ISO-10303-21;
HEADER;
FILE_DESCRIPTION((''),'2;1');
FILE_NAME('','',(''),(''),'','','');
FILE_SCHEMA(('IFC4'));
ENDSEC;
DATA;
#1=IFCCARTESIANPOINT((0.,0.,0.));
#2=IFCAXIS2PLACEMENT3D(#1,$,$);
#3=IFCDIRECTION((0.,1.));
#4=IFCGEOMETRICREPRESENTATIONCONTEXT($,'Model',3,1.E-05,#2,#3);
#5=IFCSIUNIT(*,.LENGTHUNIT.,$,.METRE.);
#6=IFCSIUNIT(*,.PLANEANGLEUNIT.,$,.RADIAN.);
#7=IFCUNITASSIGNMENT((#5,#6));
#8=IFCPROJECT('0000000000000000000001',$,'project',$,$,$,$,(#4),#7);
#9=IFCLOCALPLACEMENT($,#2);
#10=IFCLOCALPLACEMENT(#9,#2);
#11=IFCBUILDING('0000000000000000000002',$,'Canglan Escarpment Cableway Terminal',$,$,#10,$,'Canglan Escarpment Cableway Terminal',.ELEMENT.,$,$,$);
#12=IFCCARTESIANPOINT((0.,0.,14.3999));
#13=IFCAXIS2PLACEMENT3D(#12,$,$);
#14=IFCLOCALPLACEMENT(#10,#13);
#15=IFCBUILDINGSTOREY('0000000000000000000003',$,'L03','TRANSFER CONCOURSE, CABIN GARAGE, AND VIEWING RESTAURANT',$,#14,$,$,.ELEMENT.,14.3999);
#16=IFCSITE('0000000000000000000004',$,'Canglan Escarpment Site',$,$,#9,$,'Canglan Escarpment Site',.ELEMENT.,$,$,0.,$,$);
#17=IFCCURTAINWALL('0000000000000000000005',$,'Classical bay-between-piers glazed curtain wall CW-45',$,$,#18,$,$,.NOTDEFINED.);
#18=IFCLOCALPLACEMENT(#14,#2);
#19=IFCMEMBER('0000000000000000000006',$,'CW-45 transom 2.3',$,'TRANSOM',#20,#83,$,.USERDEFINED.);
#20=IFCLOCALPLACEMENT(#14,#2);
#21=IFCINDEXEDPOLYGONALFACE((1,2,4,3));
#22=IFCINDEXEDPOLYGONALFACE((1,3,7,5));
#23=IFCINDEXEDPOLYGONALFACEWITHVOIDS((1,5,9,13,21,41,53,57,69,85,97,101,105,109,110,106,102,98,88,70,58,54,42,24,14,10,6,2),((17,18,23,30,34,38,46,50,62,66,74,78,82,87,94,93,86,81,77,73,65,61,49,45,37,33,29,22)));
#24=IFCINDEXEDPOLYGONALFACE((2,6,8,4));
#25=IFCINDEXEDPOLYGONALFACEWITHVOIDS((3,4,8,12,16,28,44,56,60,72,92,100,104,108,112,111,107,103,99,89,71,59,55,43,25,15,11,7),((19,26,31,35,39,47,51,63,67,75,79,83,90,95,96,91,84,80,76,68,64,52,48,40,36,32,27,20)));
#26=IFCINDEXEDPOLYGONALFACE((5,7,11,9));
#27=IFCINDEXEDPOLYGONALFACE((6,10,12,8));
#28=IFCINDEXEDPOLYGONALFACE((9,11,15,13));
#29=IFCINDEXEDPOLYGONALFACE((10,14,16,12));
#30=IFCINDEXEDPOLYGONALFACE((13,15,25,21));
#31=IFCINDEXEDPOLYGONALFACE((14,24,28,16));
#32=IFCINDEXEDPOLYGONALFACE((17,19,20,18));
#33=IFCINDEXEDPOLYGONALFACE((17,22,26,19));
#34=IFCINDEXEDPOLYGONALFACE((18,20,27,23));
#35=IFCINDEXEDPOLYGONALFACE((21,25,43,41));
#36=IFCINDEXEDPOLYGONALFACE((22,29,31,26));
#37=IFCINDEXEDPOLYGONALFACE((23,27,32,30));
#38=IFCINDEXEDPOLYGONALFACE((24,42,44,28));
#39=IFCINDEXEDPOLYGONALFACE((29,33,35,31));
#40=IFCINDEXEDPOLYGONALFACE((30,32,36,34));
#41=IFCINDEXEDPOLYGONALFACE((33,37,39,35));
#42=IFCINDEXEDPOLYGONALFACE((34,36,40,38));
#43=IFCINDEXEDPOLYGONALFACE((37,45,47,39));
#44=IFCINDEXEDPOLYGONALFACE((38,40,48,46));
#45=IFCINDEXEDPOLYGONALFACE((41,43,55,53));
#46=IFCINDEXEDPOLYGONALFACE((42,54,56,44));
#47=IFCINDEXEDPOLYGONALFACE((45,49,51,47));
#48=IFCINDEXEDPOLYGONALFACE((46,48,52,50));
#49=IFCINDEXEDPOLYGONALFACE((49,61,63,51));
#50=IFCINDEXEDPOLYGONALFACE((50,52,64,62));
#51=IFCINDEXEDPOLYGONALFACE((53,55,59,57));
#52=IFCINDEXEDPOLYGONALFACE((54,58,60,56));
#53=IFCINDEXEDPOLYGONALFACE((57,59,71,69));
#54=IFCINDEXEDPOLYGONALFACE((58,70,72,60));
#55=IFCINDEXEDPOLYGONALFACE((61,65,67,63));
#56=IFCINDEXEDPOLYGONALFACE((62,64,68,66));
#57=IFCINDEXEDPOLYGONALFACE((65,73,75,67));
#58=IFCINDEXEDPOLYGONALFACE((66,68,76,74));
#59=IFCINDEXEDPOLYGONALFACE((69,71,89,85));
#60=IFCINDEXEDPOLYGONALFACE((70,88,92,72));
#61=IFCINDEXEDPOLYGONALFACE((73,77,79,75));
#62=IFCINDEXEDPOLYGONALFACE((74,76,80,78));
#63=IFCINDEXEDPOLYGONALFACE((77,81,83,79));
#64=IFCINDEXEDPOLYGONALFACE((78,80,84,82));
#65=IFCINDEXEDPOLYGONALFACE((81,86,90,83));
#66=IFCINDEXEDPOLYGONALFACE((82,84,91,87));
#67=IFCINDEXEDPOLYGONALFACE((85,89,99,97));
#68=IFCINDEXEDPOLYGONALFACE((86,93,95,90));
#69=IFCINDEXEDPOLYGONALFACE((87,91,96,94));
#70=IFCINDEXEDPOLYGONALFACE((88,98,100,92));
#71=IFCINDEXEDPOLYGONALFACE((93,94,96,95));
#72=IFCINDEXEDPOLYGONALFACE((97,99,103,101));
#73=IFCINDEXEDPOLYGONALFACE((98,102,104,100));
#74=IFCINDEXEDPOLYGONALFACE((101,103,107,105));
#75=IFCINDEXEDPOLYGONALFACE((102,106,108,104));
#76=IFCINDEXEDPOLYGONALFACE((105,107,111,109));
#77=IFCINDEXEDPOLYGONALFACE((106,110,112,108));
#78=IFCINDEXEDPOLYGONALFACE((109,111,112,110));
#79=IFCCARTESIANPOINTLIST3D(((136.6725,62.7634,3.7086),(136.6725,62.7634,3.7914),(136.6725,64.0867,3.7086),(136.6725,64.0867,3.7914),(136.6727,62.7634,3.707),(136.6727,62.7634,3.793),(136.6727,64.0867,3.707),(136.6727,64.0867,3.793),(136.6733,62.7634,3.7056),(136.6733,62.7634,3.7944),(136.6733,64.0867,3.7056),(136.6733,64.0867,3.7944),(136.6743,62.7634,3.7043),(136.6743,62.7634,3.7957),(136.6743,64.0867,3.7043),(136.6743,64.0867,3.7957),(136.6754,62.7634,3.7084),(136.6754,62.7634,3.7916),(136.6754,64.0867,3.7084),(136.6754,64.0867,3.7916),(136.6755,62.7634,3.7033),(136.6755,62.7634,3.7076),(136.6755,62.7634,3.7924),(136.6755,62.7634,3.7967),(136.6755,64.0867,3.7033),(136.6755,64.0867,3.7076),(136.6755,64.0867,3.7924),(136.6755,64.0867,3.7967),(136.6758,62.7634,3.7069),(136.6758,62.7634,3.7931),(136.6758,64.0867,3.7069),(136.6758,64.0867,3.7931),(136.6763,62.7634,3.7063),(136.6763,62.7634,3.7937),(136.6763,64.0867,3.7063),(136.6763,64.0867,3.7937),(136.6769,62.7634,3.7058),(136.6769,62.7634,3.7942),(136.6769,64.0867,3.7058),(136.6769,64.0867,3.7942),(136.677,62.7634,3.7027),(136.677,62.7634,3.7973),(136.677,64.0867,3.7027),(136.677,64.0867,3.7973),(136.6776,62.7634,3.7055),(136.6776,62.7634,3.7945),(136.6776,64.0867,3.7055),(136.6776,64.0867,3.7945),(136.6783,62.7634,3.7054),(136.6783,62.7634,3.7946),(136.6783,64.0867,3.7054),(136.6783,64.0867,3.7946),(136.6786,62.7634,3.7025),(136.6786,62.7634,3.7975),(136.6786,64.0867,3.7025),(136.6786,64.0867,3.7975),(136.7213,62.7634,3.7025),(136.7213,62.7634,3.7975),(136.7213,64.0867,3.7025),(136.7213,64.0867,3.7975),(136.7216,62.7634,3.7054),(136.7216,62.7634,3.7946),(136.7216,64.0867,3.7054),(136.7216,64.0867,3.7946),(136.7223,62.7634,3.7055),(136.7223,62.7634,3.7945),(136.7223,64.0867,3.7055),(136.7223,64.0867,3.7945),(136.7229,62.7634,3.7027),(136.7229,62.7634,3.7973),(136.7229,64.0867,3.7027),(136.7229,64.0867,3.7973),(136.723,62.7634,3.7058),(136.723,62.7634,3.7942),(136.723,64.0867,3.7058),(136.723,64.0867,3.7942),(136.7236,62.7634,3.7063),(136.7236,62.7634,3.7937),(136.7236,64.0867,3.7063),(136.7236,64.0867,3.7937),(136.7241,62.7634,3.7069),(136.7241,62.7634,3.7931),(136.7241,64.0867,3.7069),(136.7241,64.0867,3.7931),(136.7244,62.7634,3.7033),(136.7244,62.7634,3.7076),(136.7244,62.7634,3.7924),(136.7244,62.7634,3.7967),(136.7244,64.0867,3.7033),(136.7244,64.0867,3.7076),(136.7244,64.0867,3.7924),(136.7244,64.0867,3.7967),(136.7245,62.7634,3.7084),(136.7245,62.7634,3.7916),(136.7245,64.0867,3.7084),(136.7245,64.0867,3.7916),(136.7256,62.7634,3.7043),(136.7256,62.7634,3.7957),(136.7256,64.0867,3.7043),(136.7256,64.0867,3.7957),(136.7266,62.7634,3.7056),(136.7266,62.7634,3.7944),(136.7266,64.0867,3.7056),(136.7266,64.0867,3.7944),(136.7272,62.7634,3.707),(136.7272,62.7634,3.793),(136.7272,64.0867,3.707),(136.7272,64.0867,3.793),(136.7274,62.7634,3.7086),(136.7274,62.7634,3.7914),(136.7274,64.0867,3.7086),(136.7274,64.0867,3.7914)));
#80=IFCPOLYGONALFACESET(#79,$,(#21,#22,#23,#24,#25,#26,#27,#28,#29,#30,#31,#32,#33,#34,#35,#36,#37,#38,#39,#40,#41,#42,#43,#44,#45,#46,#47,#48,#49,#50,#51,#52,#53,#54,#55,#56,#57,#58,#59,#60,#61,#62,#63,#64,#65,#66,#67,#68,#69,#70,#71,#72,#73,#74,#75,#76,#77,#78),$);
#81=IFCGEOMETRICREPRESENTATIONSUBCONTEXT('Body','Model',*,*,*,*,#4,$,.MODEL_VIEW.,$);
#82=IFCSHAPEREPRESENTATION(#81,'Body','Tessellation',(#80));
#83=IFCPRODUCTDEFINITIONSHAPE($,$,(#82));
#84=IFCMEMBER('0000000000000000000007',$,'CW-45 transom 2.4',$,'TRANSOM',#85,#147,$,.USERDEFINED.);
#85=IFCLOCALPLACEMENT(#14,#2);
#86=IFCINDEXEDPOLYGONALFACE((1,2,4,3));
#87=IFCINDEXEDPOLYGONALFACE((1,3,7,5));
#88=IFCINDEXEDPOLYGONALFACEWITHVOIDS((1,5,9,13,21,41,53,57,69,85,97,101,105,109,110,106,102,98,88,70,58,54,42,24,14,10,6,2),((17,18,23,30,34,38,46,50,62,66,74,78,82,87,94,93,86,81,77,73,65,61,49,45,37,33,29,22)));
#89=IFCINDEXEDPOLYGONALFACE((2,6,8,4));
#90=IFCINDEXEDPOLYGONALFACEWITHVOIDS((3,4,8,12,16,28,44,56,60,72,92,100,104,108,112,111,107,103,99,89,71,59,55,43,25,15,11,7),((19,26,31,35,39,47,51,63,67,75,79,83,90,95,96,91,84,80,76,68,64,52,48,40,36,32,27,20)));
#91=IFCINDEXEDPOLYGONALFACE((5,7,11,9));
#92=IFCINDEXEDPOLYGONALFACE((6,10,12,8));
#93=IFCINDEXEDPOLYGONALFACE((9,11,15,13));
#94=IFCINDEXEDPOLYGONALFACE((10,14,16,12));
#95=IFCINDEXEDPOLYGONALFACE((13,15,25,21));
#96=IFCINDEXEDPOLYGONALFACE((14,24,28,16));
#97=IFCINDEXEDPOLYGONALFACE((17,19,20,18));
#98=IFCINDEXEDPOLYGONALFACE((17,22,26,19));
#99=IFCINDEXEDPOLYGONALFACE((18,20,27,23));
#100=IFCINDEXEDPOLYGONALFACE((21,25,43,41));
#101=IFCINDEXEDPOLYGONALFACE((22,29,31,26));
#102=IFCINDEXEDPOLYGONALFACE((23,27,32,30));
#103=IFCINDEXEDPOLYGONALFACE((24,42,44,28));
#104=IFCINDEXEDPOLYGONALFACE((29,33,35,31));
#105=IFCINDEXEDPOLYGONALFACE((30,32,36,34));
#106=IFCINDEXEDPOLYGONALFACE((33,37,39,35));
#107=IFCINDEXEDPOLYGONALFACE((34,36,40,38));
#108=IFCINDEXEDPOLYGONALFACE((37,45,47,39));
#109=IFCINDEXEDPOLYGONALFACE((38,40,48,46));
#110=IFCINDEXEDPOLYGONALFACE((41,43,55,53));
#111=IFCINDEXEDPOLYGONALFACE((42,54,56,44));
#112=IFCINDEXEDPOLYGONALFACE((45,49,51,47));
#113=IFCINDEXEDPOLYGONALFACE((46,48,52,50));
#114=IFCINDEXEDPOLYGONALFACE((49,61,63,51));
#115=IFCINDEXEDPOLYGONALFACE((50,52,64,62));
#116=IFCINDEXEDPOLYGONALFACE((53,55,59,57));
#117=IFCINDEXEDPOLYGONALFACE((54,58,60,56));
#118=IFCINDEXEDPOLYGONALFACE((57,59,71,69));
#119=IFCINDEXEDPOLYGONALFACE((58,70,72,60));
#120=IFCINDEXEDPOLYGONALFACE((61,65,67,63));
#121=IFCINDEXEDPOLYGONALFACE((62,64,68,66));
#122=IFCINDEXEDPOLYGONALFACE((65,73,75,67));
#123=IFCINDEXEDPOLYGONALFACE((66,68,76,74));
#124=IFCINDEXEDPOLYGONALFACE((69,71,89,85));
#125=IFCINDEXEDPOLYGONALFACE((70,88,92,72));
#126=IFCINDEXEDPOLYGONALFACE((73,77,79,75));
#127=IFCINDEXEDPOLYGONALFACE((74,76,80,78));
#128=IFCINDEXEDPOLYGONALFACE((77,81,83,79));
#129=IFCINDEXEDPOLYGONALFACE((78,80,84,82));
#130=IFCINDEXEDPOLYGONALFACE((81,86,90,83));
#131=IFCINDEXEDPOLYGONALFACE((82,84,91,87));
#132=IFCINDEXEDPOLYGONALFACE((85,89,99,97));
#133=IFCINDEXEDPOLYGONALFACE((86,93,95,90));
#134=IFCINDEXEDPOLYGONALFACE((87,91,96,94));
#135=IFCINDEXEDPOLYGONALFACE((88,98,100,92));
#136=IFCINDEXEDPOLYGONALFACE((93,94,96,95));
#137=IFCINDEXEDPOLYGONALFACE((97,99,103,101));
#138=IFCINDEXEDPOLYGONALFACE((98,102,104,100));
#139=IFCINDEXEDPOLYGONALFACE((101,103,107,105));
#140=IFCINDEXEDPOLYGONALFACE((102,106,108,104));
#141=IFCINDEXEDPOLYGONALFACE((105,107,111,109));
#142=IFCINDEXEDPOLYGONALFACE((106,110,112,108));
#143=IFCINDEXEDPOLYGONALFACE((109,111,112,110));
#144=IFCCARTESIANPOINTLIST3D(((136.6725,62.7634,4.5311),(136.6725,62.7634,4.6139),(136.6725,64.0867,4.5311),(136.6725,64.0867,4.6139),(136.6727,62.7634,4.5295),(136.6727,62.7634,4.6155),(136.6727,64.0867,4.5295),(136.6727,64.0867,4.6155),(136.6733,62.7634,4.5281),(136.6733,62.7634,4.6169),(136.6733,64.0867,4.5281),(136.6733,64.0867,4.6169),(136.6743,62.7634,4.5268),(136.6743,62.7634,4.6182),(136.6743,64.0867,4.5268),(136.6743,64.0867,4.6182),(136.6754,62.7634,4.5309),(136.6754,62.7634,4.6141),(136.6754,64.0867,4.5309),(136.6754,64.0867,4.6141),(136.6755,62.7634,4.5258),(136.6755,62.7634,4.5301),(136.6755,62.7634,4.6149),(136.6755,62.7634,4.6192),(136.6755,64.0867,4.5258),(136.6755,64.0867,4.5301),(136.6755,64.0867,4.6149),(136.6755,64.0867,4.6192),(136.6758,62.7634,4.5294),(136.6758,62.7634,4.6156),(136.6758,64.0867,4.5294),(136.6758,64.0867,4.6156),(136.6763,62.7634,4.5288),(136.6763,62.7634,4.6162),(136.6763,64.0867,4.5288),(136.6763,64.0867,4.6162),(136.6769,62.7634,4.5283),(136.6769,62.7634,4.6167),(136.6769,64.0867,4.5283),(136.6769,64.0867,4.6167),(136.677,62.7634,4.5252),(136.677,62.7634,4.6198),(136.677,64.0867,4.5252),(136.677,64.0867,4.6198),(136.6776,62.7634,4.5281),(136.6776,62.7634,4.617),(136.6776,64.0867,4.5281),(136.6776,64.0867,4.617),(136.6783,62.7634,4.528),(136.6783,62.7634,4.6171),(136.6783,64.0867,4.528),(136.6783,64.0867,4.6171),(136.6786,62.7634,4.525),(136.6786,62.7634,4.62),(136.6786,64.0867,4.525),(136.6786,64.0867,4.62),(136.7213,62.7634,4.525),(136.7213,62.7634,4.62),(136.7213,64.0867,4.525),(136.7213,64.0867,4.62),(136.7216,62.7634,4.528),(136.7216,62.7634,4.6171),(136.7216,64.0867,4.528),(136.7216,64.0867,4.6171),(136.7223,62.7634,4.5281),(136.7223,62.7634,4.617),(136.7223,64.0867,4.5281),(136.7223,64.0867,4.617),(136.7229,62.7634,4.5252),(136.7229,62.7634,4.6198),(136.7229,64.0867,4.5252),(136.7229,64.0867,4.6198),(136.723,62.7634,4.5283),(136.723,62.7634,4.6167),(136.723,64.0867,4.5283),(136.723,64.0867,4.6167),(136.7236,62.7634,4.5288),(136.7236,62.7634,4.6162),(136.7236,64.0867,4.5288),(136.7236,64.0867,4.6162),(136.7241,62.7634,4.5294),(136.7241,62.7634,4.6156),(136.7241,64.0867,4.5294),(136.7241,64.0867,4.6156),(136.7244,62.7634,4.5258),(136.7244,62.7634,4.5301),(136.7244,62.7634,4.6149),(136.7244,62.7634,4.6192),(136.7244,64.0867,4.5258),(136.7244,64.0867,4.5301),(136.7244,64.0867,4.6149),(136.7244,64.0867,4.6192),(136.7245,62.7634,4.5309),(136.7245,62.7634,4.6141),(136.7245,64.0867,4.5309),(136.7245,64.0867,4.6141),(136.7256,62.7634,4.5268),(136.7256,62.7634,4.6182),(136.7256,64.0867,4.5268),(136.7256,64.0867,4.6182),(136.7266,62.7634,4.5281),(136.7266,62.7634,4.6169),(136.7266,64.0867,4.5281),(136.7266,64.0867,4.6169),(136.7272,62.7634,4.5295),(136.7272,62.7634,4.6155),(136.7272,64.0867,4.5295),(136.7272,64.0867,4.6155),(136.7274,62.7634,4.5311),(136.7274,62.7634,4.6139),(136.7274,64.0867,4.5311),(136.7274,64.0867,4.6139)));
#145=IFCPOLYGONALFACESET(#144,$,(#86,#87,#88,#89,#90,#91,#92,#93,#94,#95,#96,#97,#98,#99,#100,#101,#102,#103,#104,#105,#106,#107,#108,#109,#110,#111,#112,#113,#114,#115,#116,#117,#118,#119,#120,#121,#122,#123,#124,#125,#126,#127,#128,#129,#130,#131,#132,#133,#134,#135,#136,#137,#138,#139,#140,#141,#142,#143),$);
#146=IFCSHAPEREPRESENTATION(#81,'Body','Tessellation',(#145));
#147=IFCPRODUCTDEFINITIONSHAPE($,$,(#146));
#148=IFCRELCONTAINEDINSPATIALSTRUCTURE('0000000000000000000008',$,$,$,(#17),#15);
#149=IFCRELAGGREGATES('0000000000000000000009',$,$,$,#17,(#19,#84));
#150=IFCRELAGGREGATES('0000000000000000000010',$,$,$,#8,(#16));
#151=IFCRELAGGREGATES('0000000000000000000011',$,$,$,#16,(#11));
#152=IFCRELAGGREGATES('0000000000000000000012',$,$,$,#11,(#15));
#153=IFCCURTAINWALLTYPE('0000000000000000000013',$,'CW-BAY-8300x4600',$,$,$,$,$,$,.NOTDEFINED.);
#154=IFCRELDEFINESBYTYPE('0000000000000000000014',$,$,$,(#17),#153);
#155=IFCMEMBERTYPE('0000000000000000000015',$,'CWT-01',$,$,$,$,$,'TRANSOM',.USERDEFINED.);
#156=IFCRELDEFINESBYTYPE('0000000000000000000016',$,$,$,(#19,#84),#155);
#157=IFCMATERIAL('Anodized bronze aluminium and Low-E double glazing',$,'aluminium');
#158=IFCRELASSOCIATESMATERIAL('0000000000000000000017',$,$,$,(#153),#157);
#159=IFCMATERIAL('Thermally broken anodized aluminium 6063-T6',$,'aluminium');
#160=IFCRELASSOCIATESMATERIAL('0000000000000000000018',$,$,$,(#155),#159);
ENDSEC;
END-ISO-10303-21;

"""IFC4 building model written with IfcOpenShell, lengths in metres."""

from ifc_helpers import new_model, si_unit, direction, frame, origin, origin_2d, place, context, subcontext, project, spatial, hollow_rectangle, extrude, material, material_profile, profile_set, type_object, element, aggregate, save


model = new_model("IFC4")

# Units and contexts
model_context = context("Model", 3, precision=1e-05, world=origin(), true_north=direction((0.0, 1.0)))
body_context = subcontext(model_context, "Body", "Model", "MODEL_VIEW")
ifc_project = project(units=[si_unit("LENGTHUNIT", "METRE"), si_unit("PLANEANGLEUNIT", "RADIAN")], contexts=[model_context])

# Site, building, storey
site_placement = place(None, origin())
site = spatial("IfcSite", under=ifc_project, at=site_placement, Name="Canglan Escarpment Site", LongName="Canglan Escarpment Site", CompositionType="ELEMENT", RefElevation=0.0)
building_placement = place(site_placement, origin())
building = spatial("IfcBuilding", under=site, at=building_placement, Name="Canglan Escarpment Cableway Terminal", LongName="Canglan Escarpment Cableway Terminal", CompositionType="ELEMENT")
storey_placement = place(building_placement, frame((0.0, 0.0, 14.3999)))
storey = spatial("IfcBuildingStorey", under=building, at=storey_placement, Name="L03", Description="TRANSFER CONCOURSE, CABIN GARAGE, AND VIEWING RESTAURANT", CompositionType="ELEMENT", Elevation=14.3999)

# Curtain wall, members
ifc_material_1 = material(Name="Anodized bronze aluminium and Low-E double glazing", Category="aluminium")
curtain_wall_type = type_object("IfcCurtainWallType", Name="CW-BAY-8300x4600", PredefinedType="NOTDEFINED", material=ifc_material_1)
curtain_wall_placement = place(storey_placement, origin())
curtain_wall = element("IfcCurtainWall", 1, at=curtain_wall_placement, inside=storey, type_object=curtain_wall_type, Name="Classical bay-between-piers glazed curtain wall CW-45", PredefinedType="NOTDEFINED")
ifc_material_2 = material(Name="Thermally broken anodized aluminium 6063-T6", Category="aluminium")
ifc_material_profile_1 = material_profile(ifc_material_2, hollow_rectangle(XDim=0.0549, YDim=0.095, WallThickness=0.0029, InnerFilletRadius=0.0029, OuterFilletRadius=0.0061, at=origin_2d()), Name="ALU-TRAN 55x95x3")
ifc_profile_set_1 = profile_set([ifc_material_profile_1], Name="Thermally broken anodized aluminium 6063-T6")
member_type_1 = type_object("IfcMemberType", Name="CWT-01", ElementType="TRANSOM", PredefinedType="USERDEFINED", material=ifc_profile_set_1)
member_1_placement = place(storey_placement, frame((136.7, 62.7634, 3.75), z_axis=(0.0, 1.0, 0.0), x_axis=(-1.0, 0.0, 0.0)))
member_1 = element("IfcMember", 2, at=member_1_placement, type_object=member_type_1, Name="CW-45 transom 2.3", ObjectType="TRANSOM", PredefinedType="USERDEFINED", context=body_context, shape_type="SweptSolid", body=[
    extrude(hollow_rectangle(XDim=0.0549, YDim=0.095, WallThickness=0.0029, InnerFilletRadius=0.0029, OuterFilletRadius=0.0061, at=origin_2d()), origin(), (0.0, 0.0, 1.0), 1.3232),
])
member_2_placement = place(storey_placement, frame((136.7, 62.7634, 4.5725), z_axis=(0.0, 1.0, 0.0), x_axis=(-1.0, 0.0, 0.0)))
member_2 = element("IfcMember", 3, at=member_2_placement, type_object=member_type_1, Name="CW-45 transom 2.4", ObjectType="TRANSOM", PredefinedType="USERDEFINED", context=body_context, shape_type="SweptSolid", body=[
    extrude(hollow_rectangle(XDim=0.0549, YDim=0.095, WallThickness=0.0029, InnerFilletRadius=0.0029, OuterFilletRadius=0.0061, at=origin_2d()), origin(), (0.0, 0.0, 1.0), 1.3232),
])

aggregate(curtain_wall, [member_1, member_2])

save(model, "model.ifc")
